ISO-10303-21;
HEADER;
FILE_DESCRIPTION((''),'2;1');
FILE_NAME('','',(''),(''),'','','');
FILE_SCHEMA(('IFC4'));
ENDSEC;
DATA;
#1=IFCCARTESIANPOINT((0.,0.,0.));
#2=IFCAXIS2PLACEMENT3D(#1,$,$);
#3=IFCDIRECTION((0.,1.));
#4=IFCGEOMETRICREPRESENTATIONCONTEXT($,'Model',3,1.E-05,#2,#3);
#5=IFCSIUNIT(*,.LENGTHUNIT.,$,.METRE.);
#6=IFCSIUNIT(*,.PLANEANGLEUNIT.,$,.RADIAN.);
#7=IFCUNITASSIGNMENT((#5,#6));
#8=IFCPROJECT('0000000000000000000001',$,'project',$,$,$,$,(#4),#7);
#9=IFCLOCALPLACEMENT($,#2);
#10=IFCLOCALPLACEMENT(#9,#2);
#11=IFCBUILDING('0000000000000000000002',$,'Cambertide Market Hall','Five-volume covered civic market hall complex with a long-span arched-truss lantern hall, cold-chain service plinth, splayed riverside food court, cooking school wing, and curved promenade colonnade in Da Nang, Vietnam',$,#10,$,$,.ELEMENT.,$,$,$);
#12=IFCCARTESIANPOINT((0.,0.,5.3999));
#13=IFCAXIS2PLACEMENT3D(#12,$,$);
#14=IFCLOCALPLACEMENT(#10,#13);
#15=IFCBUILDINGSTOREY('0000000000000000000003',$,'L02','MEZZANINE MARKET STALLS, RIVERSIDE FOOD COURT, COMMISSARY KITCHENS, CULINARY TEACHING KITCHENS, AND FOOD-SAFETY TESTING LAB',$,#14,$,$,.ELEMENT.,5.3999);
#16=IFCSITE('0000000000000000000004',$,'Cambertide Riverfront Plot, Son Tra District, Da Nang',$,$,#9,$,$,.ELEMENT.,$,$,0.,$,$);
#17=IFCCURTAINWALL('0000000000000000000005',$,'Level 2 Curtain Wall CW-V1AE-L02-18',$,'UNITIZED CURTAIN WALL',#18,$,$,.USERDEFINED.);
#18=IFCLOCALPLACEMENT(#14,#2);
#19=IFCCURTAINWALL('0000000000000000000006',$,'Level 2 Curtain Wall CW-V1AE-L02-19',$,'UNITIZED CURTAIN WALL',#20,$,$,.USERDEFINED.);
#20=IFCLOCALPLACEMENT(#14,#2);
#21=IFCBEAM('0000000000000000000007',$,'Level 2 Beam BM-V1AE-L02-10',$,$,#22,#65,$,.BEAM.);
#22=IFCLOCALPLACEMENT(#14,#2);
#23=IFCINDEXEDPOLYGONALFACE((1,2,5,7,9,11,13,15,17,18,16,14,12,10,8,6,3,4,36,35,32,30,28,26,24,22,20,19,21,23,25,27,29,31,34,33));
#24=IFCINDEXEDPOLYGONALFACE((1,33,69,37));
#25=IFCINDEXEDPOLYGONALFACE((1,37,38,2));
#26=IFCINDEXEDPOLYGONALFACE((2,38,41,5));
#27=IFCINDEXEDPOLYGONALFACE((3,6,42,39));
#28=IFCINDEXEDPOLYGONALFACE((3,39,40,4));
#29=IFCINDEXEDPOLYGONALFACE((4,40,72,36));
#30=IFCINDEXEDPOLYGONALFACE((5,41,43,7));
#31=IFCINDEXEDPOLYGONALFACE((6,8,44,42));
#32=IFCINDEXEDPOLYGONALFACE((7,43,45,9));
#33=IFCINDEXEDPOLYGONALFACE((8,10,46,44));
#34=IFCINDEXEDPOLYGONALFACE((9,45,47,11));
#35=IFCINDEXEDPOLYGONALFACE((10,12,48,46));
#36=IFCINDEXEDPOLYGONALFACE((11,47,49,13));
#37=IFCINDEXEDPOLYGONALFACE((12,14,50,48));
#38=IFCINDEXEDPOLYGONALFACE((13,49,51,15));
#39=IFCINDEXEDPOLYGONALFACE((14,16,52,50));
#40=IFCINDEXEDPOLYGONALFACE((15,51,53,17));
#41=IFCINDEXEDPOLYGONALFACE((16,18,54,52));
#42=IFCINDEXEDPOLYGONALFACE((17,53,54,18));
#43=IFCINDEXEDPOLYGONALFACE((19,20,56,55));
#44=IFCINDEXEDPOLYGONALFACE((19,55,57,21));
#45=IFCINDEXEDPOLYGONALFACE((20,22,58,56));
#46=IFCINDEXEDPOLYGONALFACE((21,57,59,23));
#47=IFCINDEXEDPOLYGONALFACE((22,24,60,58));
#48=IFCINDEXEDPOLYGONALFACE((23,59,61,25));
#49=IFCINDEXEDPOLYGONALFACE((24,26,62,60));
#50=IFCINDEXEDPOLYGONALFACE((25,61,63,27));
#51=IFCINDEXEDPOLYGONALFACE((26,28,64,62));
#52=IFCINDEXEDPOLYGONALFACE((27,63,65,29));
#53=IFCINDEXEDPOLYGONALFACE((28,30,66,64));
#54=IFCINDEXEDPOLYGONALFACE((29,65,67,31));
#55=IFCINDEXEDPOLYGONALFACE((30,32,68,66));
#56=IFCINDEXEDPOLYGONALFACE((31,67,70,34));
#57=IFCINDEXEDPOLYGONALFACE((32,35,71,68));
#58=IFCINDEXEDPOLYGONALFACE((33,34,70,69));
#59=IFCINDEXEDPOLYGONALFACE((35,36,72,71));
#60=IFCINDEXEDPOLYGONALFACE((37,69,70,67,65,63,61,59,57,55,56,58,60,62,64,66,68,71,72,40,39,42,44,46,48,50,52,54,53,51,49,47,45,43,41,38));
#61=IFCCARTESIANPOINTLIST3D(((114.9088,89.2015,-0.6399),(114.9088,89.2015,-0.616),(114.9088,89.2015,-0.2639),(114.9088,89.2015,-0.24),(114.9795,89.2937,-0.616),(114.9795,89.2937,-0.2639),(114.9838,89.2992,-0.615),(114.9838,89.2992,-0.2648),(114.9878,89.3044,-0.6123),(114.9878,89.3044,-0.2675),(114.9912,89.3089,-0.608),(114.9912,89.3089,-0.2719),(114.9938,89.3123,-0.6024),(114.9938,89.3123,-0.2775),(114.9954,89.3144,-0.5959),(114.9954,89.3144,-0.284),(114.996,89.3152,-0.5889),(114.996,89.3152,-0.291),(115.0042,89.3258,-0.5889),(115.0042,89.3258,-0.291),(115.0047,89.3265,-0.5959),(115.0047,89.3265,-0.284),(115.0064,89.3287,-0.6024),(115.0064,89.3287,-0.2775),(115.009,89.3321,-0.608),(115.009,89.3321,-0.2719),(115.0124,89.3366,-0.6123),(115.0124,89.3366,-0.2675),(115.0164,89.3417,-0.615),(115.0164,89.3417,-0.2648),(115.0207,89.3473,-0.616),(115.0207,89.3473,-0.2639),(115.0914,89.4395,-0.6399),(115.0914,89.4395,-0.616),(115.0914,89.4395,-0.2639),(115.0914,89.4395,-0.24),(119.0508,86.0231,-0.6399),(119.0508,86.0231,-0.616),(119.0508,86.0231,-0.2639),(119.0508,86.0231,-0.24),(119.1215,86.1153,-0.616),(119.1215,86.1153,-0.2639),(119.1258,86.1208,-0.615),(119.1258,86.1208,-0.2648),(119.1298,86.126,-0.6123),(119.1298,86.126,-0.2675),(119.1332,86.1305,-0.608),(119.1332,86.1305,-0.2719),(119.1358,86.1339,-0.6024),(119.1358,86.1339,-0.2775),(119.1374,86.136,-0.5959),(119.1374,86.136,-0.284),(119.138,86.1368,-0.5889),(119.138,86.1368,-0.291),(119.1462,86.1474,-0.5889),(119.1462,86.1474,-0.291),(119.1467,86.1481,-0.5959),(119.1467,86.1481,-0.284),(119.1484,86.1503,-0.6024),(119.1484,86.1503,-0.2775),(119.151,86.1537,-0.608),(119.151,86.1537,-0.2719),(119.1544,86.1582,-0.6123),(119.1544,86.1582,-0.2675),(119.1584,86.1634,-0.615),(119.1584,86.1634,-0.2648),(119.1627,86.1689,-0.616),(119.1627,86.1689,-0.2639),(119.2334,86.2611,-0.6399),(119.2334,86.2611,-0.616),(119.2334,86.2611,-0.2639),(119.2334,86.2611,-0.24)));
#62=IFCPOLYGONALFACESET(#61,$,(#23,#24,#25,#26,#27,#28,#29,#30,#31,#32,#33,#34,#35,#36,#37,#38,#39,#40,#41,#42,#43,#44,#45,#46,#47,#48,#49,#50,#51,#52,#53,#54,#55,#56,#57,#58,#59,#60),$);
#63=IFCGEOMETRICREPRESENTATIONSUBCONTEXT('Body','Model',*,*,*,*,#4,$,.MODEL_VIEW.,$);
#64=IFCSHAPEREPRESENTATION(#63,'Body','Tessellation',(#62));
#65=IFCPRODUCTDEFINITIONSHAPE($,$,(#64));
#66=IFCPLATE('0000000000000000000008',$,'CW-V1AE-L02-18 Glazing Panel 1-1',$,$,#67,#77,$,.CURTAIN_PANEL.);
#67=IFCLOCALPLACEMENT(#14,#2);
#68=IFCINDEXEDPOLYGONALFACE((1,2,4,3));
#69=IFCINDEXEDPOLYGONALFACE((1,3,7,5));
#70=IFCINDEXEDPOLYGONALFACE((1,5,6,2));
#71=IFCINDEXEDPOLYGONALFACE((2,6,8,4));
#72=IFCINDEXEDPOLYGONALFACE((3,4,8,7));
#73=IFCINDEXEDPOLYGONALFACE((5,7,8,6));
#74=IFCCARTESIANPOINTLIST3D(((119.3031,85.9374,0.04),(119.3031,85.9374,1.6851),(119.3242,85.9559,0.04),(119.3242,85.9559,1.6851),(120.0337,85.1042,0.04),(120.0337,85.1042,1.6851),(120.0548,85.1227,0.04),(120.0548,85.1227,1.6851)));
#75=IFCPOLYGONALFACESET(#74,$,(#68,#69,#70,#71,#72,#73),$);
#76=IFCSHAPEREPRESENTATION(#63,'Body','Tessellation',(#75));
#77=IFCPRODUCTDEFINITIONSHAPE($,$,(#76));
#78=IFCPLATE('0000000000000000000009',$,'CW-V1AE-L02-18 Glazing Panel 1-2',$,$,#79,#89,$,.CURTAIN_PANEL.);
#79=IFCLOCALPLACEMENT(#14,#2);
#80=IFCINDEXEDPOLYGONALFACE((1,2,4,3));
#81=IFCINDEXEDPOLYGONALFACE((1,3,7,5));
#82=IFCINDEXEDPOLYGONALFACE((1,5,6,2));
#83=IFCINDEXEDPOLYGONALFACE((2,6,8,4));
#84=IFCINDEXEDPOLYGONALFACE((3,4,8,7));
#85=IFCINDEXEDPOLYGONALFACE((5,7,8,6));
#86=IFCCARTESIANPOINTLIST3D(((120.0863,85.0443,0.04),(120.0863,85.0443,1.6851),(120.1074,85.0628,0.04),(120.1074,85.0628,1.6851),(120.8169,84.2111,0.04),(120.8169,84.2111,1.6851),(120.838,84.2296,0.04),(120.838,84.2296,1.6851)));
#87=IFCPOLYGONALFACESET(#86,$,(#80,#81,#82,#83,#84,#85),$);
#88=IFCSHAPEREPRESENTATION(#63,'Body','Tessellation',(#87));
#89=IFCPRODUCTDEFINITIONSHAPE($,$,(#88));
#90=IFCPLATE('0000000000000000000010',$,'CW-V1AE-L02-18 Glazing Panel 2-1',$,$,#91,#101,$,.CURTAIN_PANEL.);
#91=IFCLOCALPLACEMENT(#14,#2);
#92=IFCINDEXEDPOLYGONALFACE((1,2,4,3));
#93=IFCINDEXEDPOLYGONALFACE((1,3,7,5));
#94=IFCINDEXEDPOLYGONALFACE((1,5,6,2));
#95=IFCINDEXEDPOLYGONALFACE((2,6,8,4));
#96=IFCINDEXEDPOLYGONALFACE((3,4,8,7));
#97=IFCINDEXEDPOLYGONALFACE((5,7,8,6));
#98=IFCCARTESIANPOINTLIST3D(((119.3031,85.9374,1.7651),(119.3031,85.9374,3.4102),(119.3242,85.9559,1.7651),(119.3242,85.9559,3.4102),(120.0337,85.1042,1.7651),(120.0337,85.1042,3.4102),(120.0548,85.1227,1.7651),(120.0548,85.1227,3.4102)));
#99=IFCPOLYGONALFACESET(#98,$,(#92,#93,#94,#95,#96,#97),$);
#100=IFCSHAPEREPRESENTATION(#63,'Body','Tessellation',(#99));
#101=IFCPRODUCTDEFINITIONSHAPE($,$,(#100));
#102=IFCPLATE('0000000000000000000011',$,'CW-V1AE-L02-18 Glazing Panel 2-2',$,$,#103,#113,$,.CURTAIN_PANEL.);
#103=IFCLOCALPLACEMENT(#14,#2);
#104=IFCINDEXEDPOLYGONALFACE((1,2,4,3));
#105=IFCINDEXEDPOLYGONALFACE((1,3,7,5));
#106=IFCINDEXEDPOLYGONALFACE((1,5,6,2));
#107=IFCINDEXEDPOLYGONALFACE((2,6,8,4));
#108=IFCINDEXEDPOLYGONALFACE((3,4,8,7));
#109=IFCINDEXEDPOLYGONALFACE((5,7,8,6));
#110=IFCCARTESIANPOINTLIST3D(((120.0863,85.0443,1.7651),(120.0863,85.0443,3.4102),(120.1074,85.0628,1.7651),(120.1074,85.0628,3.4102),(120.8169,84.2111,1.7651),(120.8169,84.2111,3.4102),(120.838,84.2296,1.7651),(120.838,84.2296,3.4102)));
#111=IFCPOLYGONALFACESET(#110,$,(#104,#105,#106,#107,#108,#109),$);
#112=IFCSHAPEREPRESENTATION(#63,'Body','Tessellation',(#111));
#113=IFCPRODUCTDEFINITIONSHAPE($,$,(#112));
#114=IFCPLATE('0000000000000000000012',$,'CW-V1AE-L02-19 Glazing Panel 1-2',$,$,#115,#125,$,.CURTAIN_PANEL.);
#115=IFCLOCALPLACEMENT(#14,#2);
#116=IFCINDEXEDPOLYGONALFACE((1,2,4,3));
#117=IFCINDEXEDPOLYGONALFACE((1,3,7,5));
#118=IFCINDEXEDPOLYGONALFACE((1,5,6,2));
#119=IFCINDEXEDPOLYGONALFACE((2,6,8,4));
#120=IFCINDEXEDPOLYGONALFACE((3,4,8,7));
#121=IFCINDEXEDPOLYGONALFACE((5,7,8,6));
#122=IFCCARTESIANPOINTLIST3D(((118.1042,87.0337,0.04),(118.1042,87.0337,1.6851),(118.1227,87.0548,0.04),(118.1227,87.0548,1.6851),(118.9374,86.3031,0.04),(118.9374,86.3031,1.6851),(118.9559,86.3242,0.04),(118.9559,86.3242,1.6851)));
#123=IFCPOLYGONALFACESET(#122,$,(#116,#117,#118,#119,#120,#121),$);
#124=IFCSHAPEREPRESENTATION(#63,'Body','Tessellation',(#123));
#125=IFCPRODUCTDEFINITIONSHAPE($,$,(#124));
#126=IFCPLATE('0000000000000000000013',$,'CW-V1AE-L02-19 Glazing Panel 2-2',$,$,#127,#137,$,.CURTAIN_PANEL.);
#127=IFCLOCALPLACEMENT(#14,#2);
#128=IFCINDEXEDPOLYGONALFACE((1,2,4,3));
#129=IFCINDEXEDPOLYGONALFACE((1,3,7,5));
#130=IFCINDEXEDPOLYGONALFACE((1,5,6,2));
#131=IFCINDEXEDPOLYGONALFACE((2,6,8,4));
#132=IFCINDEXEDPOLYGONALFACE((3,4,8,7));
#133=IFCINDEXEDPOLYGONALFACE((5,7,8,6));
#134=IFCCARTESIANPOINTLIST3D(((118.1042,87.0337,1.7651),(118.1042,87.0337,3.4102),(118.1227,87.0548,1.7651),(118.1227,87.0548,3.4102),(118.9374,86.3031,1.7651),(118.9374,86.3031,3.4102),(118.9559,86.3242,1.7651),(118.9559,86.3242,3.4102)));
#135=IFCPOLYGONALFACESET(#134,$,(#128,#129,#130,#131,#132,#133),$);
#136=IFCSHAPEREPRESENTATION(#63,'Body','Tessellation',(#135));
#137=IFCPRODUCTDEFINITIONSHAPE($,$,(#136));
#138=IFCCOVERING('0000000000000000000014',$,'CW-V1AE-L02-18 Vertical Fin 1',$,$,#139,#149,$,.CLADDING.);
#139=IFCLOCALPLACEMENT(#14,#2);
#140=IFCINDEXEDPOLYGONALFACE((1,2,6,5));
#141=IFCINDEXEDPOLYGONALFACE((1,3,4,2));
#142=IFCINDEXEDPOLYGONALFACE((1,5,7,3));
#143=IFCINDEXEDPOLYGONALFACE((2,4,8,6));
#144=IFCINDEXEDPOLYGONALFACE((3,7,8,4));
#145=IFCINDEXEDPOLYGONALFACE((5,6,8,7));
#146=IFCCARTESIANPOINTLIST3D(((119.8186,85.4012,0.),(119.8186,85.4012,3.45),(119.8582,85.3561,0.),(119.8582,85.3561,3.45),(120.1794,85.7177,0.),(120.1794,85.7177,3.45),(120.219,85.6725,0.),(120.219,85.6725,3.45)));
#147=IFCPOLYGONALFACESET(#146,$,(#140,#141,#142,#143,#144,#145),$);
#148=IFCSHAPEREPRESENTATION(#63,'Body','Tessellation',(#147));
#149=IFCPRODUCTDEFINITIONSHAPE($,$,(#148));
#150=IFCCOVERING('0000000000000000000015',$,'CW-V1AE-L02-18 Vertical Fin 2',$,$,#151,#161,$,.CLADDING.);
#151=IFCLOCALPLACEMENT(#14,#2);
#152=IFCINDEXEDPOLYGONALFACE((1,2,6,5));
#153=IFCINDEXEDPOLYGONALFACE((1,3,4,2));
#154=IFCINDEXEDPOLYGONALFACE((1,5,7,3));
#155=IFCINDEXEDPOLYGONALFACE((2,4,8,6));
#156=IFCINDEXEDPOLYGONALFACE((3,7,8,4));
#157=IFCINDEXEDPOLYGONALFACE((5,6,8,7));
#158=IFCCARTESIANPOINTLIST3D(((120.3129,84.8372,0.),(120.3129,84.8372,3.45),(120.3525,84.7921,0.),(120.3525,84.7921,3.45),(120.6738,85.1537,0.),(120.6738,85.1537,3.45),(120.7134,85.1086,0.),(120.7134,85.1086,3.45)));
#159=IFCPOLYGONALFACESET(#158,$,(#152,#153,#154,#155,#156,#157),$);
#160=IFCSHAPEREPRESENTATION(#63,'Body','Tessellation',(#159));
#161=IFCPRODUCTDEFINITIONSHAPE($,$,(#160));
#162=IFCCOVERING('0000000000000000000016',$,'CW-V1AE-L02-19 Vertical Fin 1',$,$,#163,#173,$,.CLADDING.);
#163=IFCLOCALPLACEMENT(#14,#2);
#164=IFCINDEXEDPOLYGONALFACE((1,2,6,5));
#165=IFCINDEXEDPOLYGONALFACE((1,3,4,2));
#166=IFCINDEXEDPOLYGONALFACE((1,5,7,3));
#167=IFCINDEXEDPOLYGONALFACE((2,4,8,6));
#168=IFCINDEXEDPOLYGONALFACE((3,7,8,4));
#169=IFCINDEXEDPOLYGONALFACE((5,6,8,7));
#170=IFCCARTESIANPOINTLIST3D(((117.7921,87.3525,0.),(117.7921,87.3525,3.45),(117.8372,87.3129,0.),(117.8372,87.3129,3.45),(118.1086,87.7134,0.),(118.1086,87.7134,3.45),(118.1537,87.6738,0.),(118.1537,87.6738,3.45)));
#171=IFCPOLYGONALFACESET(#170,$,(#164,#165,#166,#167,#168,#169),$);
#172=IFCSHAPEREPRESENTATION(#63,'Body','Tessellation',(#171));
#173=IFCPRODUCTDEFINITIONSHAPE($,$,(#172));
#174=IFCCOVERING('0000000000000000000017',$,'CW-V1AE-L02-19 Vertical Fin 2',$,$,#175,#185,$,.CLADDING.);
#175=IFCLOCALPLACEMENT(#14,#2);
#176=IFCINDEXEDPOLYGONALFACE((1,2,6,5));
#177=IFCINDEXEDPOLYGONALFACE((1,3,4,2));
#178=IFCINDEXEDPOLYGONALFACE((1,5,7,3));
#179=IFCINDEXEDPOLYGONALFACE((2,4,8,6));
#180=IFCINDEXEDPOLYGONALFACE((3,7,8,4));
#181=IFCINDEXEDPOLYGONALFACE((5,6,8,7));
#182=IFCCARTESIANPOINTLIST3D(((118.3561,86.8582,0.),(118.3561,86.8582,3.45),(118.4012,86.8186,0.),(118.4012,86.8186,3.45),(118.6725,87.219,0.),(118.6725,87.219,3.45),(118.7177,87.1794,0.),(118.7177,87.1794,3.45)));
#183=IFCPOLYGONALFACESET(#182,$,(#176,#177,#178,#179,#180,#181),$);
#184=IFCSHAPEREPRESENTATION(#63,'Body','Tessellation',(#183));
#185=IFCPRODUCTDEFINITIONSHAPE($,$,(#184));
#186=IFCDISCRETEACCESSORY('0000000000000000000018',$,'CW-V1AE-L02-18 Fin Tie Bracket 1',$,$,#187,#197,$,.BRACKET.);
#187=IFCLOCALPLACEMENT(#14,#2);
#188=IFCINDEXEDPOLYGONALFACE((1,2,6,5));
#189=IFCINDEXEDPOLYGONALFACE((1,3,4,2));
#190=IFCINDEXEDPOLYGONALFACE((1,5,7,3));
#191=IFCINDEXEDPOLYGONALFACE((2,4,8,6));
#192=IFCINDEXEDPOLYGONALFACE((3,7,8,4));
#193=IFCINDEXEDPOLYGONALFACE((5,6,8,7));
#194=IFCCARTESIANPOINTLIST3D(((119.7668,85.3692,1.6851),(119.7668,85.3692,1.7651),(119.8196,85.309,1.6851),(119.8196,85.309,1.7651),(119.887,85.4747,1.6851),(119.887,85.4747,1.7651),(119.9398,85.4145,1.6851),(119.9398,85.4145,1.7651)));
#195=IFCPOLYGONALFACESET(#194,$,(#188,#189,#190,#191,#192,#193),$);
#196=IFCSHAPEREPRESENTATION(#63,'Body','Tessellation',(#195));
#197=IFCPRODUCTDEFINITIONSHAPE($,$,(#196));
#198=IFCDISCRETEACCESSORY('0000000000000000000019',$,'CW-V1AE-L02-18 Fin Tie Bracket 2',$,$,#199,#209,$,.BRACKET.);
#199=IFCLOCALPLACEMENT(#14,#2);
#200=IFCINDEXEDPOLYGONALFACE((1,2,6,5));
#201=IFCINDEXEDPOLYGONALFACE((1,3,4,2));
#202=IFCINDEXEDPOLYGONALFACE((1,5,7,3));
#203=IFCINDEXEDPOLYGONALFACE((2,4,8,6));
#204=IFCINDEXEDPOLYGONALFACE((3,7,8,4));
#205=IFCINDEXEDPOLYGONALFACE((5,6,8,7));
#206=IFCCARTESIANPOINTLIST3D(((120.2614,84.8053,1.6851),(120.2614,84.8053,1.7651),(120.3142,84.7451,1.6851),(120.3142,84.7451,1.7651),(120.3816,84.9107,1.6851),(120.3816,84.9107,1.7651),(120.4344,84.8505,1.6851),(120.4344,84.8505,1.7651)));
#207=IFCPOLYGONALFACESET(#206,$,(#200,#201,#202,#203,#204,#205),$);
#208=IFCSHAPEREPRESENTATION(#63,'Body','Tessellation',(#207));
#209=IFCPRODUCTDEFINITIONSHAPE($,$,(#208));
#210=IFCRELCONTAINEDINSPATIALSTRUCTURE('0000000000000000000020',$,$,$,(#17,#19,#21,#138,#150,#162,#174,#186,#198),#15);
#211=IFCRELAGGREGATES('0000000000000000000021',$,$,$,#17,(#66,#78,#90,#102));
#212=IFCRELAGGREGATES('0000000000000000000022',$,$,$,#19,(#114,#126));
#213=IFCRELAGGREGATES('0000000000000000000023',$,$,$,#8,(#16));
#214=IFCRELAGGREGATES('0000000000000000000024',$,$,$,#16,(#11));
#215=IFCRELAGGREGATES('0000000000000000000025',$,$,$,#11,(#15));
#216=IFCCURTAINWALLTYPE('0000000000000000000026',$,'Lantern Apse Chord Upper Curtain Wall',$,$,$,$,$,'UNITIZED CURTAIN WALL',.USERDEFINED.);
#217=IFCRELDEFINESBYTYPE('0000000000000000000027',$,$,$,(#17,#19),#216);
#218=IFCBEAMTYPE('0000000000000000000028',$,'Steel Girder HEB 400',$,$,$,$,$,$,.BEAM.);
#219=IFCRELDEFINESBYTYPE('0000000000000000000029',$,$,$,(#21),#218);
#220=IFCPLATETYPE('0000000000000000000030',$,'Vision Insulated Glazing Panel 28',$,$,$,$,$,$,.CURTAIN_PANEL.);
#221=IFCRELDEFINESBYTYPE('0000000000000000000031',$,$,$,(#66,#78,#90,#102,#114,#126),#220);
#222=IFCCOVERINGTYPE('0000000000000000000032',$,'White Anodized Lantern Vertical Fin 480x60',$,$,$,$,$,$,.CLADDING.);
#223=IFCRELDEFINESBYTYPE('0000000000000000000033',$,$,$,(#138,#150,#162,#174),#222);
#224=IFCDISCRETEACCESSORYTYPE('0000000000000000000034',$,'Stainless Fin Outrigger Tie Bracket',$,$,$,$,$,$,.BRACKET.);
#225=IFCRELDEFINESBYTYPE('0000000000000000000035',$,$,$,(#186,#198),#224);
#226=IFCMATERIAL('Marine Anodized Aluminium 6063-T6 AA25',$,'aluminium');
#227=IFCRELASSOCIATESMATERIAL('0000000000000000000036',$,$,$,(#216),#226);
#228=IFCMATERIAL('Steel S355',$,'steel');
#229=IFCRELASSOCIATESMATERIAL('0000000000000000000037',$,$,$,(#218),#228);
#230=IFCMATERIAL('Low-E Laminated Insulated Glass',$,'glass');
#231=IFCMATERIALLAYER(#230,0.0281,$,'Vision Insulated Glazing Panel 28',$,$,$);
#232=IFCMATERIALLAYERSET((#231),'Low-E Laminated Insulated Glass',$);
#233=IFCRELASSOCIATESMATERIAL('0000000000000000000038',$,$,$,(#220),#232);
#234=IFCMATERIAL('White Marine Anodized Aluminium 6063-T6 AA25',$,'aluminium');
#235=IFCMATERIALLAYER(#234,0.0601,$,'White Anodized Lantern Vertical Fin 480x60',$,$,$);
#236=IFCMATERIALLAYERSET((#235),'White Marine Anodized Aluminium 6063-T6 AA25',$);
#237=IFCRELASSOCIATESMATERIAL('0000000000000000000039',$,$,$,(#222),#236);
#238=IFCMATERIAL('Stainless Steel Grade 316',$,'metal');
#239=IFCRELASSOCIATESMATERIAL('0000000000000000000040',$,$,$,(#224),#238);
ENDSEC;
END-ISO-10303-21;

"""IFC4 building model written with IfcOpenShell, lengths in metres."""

from ifc_helpers import new_model, si_unit, direction, frame, origin, origin_2d, place, context, subcontext, project, spatial, rectangle, i_section, extrude, material, layer, layer_set, material_profile, profile_set, type_object, element, aggregate, save


model = new_model("IFC4")

# Units and contexts
model_context = context("Model", 3, precision=1e-05, world=origin(), true_north=direction((0.0, 1.0)))
body_context = subcontext(model_context, "Body", "Model", "MODEL_VIEW")
ifc_project = project(units=[si_unit("LENGTHUNIT", "METRE"), si_unit("PLANEANGLEUNIT", "RADIAN")], contexts=[model_context])

# Site, building, storey
site_placement = place(None, origin())
site = spatial("IfcSite", under=ifc_project, at=site_placement, Name="Cambertide Riverfront Plot, Son Tra District, Da Nang", CompositionType="ELEMENT", RefElevation=0.0)
building_placement = place(site_placement, origin())
building = spatial("IfcBuilding", under=site, at=building_placement, Name="Cambertide Market Hall", Description="Five-volume covered civic market hall complex with a long-span arched-truss lantern hall, cold-chain service plinth, splayed riverside food court, cooking school wing, and curved promenade colonnade in Da Nang, Vietnam", CompositionType="ELEMENT")
storey_placement = place(building_placement, frame((0.0, 0.0, 5.3999)))
storey = spatial("IfcBuildingStorey", under=building, at=storey_placement, Name="L02", Description="MEZZANINE MARKET STALLS, RIVERSIDE FOOD COURT, COMMISSARY KITCHENS, CULINARY TEACHING KITCHENS, AND FOOD-SAFETY TESTING LAB", CompositionType="ELEMENT", Elevation=5.3999)

# Curtain walls
ifc_material_1 = material(Name="Marine Anodized Aluminium 6063-T6 AA25", Category="aluminium")
curtain_wall_type = type_object("IfcCurtainWallType", Name="Lantern Apse Chord Upper Curtain Wall", ElementType="UNITIZED CURTAIN WALL", PredefinedType="USERDEFINED", material=ifc_material_1)
curtain_wall_1_placement = place(storey_placement, origin())
curtain_wall_1 = element("IfcCurtainWall", 1, at=curtain_wall_1_placement, inside=storey, type_object=curtain_wall_type, Name="Level 2 Curtain Wall CW-V1AE-L02-18", ObjectType="UNITIZED CURTAIN WALL", PredefinedType="USERDEFINED")
curtain_wall_2_placement = place(storey_placement, origin())
curtain_wall_2 = element("IfcCurtainWall", 2, at=curtain_wall_2_placement, inside=storey, type_object=curtain_wall_type, Name="Level 2 Curtain Wall CW-V1AE-L02-19", ObjectType="UNITIZED CURTAIN WALL", PredefinedType="USERDEFINED")

# Beam
ifc_material_2 = material(Name="Steel S355", Category="steel")
ifc_material_profile_1 = material_profile(ifc_material_2, i_section(OverallWidth=0.3, OverallDepth=0.3999, WebThickness=0.0134, FlangeThickness=0.0239, FilletRadius=0.0271, at=origin_2d()), Name="HEB 400")
ifc_profile_set_1 = profile_set([ifc_material_profile_1], Name="Steel S355")
beam_type_1 = type_object("IfcBeamType", Name="Steel Girder HEB 400", PredefinedType="BEAM", material=ifc_profile_set_1)
beam_1_placement = place(storey_placement, frame((119.1421, 86.1421, -0.4399), z_axis=(-0.793341, 0.608777, 0.0), x_axis=(-0.608777, -0.793341, 0.0)))
element("IfcBeam", 3, at=beam_1_placement, inside=storey, type_object=beam_type_1, Name="Level 2 Beam BM-V1AE-L02-10", PredefinedType="BEAM", context=body_context, shape_type="SweptSolid", body=[
    extrude(i_section(OverallWidth=0.3, OverallDepth=0.3999, WebThickness=0.0134, FlangeThickness=0.0239, FilletRadius=0.0271, at=origin_2d()), origin(), (0.0, 0.0, 1.0), 5.2209),
])

# Plates
ifc_material_3 = material(Name="Low-E Laminated Insulated Glass", Category="glass")
ifc_layer_1 = layer(ifc_material_3, 0.0281, Name="Vision Insulated Glazing Panel 28")
ifc_layer_set_1 = layer_set([ifc_layer_1], Name="Low-E Laminated Insulated Glass")
plate_type = type_object("IfcPlateType", Name="Vision Insulated Glazing Panel 28", PredefinedType="CURTAIN_PANEL", material=ifc_layer_set_1)
plate_1_placement = place(storey_placement, frame((119.679, 85.53, 0.04), z_axis=(0.0, 0.0, 1.0), x_axis=(0.659346, -0.75184, 0.0)))
plate_1 = element("IfcPlate", 4, at=plate_1_placement, type_object=plate_type, Name="CW-V1AE-L02-18 Glazing Panel 1-1", PredefinedType="CURTAIN_PANEL", context=body_context, shape_type="SweptSolid", body=[
    extrude(rectangle(XDim=1.1082, YDim=0.0281, at=origin_2d()), origin(), (0.0, 0.0, 1.0), 1.645),
])
plate_2_placement = place(storey_placement, frame((120.4622, 84.637, 0.04), z_axis=(0.0, 0.0, 1.0), x_axis=(0.659346, -0.75184, 0.0)))
plate_2 = element("IfcPlate", 5, at=plate_2_placement, type_object=plate_type, Name="CW-V1AE-L02-18 Glazing Panel 1-2", PredefinedType="CURTAIN_PANEL", context=body_context, shape_type="SweptSolid", body=[
    extrude(rectangle(XDim=1.1082, YDim=0.0281, at=origin_2d()), origin(), (0.0, 0.0, 1.0), 1.645),
])
plate_3_placement = place(storey_placement, frame((119.679, 85.53, 1.7651), z_axis=(0.0, 0.0, 1.0), x_axis=(0.659346, -0.75184, 0.0)))
plate_3 = element("IfcPlate", 6, at=plate_3_placement, type_object=plate_type, Name="CW-V1AE-L02-18 Glazing Panel 2-1", PredefinedType="CURTAIN_PANEL", context=body_context, shape_type="SweptSolid", body=[
    extrude(rectangle(XDim=1.1082, YDim=0.0281, at=origin_2d()), origin(), (0.0, 0.0, 1.0), 1.645),
])
plate_4_placement = place(storey_placement, frame((120.4622, 84.637, 1.7651), z_axis=(0.0, 0.0, 1.0), x_axis=(0.659346, -0.75184, 0.0)))
plate_4 = element("IfcPlate", 7, at=plate_4_placement, type_object=plate_type, Name="CW-V1AE-L02-18 Glazing Panel 2-2", PredefinedType="CURTAIN_PANEL", context=body_context, shape_type="SweptSolid", body=[
    extrude(rectangle(XDim=1.1082, YDim=0.0281, at=origin_2d()), origin(), (0.0, 0.0, 1.0), 1.645),
])
aggregate(curtain_wall_1, [plate_1, plate_2, plate_3, plate_4])
plate_5_placement = place(storey_placement, frame((118.53, 86.679, 0.04), z_axis=(0.0, 0.0, 1.0), x_axis=(0.75184, -0.659346, 0.0)))
plate_5 = element("IfcPlate", 8, at=plate_5_placement, type_object=plate_type, Name="CW-V1AE-L02-19 Glazing Panel 1-2", PredefinedType="CURTAIN_PANEL", context=body_context, shape_type="SweptSolid", body=[
    extrude(rectangle(XDim=1.1082, YDim=0.0281, at=origin_2d()), origin(), (0.0, 0.0, 1.0), 1.645),
])
plate_6_placement = place(storey_placement, frame((118.53, 86.679, 1.7651), z_axis=(0.0, 0.0, 1.0), x_axis=(0.75184, -0.659346, 0.0)))
plate_6 = element("IfcPlate", 9, at=plate_6_placement, type_object=plate_type, Name="CW-V1AE-L02-19 Glazing Panel 2-2", PredefinedType="CURTAIN_PANEL", context=body_context, shape_type="SweptSolid", body=[
    extrude(rectangle(XDim=1.1082, YDim=0.0281, at=origin_2d()), origin(), (0.0, 0.0, 1.0), 1.645),
])
aggregate(curtain_wall_2, [plate_5, plate_6])

# Coverings
ifc_material_4 = material(Name="White Marine Anodized Aluminium 6063-T6 AA25", Category="aluminium")
ifc_layer_2 = layer(ifc_material_4, 0.0601, Name="White Anodized Lantern Vertical Fin 480x60")
ifc_layer_set_2 = layer_set([ifc_layer_2], Name="White Marine Anodized Aluminium 6063-T6 AA25")
covering_type = type_object("IfcCoveringType", Name="White Anodized Lantern Vertical Fin 480x60", PredefinedType="CLADDING", material=ifc_layer_set_2)
for number, where, z_axis, x_axis, name in (
    (10, (120.0188, 85.5369, 0.0), (0.0, 0.0, 1.0), (0.659346, -0.75184, 0.0), "CW-V1AE-L02-18 Vertical Fin 1"),
    (11, (120.5132, 84.9729, 0.0), (0.0, 0.0, 1.0), (0.659346, -0.75184, 0.0), "CW-V1AE-L02-18 Vertical Fin 2"),
    (12, (117.9729, 87.5132, 0.0), (0.0, 0.0, 1.0), (0.75184, -0.659346, 0.0), "CW-V1AE-L02-19 Vertical Fin 1"),
    (13, (118.5369, 87.0188, 0.0), (0.0, 0.0, 1.0), (0.75184, -0.659346, 0.0), "CW-V1AE-L02-19 Vertical Fin 2"),
):
    element("IfcCovering", number, at=place(storey_placement, frame(where, z_axis=z_axis, x_axis=x_axis)), inside=storey, type_object=covering_type, Name=name, PredefinedType="CLADDING", context=body_context, shape_type="SweptSolid", body=[
        extrude(rectangle(XDim=0.0601, YDim=0.48, at=origin_2d()), origin(), (0.0, 0.0, 1.0), 3.45),
    ])

# Discrete accessories
ifc_material_5 = material(Name="Stainless Steel Grade 316", Category="metal")
discrete_accessory_type = type_object("IfcDiscreteAccessoryType", Name="Stainless Fin Outrigger Tie Bracket", PredefinedType="BRACKET", material=ifc_material_5)
for number, where, z_axis, x_axis, name in (
    (14, (119.8533, 85.3918, 1.6851), (0.0, 0.0, 1.0), (0.659346, -0.75184, 0.0), "CW-V1AE-L02-18 Fin Tie Bracket 1"),
    (15, (120.3479, 84.8279, 1.6851), (0.0, 0.0, 1.0), (0.659346, -0.75184, 0.0), "CW-V1AE-L02-18 Fin Tie Bracket 2"),
):
    element("IfcDiscreteAccessory", number, at=place(storey_placement, frame(where, z_axis=z_axis, x_axis=x_axis)), inside=storey, type_object=discrete_accessory_type, Name=name, PredefinedType="BRACKET", context=body_context, shape_type="SweptSolid", body=[
        extrude(rectangle(XDim=0.0801, YDim=0.1599, at=origin_2d()), origin(), (0.0, 0.0, 1.0), 0.0801),
    ])

save(model, "model.ifc")
